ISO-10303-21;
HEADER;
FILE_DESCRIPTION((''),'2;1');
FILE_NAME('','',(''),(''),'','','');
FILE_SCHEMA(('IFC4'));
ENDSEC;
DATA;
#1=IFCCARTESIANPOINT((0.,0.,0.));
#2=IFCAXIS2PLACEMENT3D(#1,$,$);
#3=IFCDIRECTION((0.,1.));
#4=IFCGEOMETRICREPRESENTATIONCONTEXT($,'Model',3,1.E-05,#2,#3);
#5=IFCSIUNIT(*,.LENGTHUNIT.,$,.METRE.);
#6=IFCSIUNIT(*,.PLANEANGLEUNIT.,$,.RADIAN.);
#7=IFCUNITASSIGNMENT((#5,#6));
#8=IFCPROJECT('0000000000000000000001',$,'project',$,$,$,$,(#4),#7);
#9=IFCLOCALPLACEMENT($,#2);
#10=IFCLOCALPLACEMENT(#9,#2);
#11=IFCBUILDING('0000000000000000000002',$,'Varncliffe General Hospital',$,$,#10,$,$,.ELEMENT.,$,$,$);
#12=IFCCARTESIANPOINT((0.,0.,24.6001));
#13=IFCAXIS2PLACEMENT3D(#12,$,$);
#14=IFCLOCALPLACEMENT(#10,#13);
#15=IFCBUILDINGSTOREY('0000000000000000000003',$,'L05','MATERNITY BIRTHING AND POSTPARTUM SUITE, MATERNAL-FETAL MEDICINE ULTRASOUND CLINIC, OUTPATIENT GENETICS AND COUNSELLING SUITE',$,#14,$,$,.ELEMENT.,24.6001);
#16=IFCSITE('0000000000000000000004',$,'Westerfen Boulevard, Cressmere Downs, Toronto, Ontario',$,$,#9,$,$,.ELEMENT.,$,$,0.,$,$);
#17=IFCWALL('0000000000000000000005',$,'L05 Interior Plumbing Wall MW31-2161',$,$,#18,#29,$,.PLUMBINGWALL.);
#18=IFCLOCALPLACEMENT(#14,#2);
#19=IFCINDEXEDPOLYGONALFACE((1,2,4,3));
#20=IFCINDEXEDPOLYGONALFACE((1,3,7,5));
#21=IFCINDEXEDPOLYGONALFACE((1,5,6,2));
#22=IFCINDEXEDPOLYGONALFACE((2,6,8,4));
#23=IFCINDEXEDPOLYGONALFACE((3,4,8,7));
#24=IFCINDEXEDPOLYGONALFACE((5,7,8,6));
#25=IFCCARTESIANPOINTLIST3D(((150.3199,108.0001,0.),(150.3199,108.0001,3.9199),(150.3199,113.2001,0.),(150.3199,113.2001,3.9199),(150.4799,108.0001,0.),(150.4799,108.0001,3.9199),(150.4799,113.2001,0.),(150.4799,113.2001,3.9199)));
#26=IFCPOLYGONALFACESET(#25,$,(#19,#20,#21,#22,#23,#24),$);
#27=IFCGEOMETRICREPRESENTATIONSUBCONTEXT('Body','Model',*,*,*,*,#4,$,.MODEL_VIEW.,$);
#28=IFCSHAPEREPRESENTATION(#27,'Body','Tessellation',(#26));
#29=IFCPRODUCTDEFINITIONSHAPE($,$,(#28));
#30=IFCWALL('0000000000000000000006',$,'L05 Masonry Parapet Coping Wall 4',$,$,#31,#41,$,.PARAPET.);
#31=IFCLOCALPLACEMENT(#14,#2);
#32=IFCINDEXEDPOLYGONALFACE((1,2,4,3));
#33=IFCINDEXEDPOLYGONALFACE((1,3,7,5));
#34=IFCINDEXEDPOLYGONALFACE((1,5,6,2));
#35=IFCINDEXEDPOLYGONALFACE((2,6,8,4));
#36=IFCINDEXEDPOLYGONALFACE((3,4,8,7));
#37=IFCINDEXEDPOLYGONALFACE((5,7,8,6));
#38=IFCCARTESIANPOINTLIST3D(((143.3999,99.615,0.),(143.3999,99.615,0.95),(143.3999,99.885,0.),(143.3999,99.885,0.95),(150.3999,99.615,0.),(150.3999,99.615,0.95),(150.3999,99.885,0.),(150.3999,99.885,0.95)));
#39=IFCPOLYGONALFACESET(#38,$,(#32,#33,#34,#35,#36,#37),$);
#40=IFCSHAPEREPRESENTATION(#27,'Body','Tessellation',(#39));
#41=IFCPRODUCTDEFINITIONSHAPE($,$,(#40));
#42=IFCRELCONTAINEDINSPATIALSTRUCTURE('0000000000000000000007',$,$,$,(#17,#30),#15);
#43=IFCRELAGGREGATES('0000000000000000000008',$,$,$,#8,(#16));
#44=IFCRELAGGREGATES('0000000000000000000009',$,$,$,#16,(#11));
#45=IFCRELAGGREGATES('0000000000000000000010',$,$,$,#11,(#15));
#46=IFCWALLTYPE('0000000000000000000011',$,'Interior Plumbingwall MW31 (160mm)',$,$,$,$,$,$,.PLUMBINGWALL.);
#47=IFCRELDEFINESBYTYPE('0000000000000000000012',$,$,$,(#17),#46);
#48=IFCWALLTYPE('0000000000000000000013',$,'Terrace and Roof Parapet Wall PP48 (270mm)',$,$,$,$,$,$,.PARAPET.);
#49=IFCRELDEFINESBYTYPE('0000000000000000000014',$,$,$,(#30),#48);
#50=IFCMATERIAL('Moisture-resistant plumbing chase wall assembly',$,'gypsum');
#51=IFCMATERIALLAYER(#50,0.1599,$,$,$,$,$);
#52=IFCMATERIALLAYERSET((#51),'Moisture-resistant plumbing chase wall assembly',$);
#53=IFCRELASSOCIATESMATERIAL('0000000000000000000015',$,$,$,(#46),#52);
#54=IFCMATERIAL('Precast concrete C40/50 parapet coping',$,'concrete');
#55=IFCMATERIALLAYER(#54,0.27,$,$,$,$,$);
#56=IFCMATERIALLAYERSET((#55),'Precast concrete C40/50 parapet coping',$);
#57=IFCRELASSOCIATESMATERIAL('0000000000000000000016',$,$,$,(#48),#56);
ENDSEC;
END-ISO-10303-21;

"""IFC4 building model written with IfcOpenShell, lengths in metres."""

from ifc_helpers import new_model, si_unit, direction, frame, frame_2d, origin, place, context, subcontext, project, spatial, rectangle, extrude, material, layer, layer_set, type_object, element, save


model = new_model("IFC4")

# Units and contexts
model_context = context("Model", 3, precision=1e-05, world=origin(), true_north=direction((0.0, 1.0)))
body_context = subcontext(model_context, "Body", "Model", "MODEL_VIEW")
ifc_project = project(units=[si_unit("LENGTHUNIT", "METRE"), si_unit("PLANEANGLEUNIT", "RADIAN")], contexts=[model_context])

# Site, building, storey
site_placement = place(None, origin())
site = spatial("IfcSite", under=ifc_project, at=site_placement, Name="Westerfen Boulevard, Cressmere Downs, Toronto, Ontario", CompositionType="ELEMENT", RefElevation=0.0)
building_placement = place(site_placement, origin())
building = spatial("IfcBuilding", under=site, at=building_placement, Name="Varncliffe General Hospital", CompositionType="ELEMENT")
storey_placement = place(building_placement, frame((0.0, 0.0, 24.6001)))
storey = spatial("IfcBuildingStorey", under=building, at=storey_placement, Name="L05", Description="MATERNITY BIRTHING AND POSTPARTUM SUITE, MATERNAL-FETAL MEDICINE ULTRASOUND CLINIC, OUTPATIENT GENETICS AND COUNSELLING SUITE", CompositionType="ELEMENT", Elevation=24.6001)

# Walls
ifc_material_1 = material(Name="Moisture-resistant plumbing chase wall assembly", Category="gypsum")
ifc_layer_1 = layer(ifc_material_1, 0.1599)
ifc_layer_set_1 = layer_set([ifc_layer_1], Name="Moisture-resistant plumbing chase wall assembly")
wall_type_1 = type_object("IfcWallType", Name="Interior Plumbingwall MW31 (160mm)", PredefinedType="PLUMBINGWALL", material=ifc_layer_set_1)
wall_1_placement = place(storey_placement, frame((150.3999, 108.0, 0.0), z_axis=(0.0, 0.0, 1.0), x_axis=(0.0, 1.0, 0.0)))
element("IfcWall", 1, at=wall_1_placement, inside=storey, type_object=wall_type_1, Name="L05 Interior Plumbing Wall MW31-2161", PredefinedType="PLUMBINGWALL", context=body_context, shape_type="SweptSolid", body=[
    extrude(rectangle(XDim=5.2, YDim=0.1599, at=frame_2d((2.6001, 0.0))), origin(), (0.0, 0.0, 1.0), 3.9199),
])
ifc_material_2 = material(Name="Precast concrete C40/50 parapet coping", Category="concrete")
ifc_layer_2 = layer(ifc_material_2, 0.27)
ifc_layer_set_2 = layer_set([ifc_layer_2], Name="Precast concrete C40/50 parapet coping")
wall_type_2 = type_object("IfcWallType", Name="Terrace and Roof Parapet Wall PP48 (270mm)", PredefinedType="PARAPET", material=ifc_layer_set_2)
wall_2_placement = place(storey_placement, frame((143.3999, 99.75, 0.0), z_axis=(0.0, 0.0, 1.0), x_axis=(1.0, 0.0, 0.0)))
element("IfcWall", 2, at=wall_2_placement, inside=storey, type_object=wall_type_2, Name="L05 Masonry Parapet Coping Wall 4", PredefinedType="PARAPET", context=body_context, shape_type="SweptSolid", body=[
    extrude(rectangle(XDim=7.0, YDim=0.27, at=frame_2d((3.5, 0.0))), origin(), (0.0, 0.0, 1.0), 0.95),
])

save(model, "model.ifc")
